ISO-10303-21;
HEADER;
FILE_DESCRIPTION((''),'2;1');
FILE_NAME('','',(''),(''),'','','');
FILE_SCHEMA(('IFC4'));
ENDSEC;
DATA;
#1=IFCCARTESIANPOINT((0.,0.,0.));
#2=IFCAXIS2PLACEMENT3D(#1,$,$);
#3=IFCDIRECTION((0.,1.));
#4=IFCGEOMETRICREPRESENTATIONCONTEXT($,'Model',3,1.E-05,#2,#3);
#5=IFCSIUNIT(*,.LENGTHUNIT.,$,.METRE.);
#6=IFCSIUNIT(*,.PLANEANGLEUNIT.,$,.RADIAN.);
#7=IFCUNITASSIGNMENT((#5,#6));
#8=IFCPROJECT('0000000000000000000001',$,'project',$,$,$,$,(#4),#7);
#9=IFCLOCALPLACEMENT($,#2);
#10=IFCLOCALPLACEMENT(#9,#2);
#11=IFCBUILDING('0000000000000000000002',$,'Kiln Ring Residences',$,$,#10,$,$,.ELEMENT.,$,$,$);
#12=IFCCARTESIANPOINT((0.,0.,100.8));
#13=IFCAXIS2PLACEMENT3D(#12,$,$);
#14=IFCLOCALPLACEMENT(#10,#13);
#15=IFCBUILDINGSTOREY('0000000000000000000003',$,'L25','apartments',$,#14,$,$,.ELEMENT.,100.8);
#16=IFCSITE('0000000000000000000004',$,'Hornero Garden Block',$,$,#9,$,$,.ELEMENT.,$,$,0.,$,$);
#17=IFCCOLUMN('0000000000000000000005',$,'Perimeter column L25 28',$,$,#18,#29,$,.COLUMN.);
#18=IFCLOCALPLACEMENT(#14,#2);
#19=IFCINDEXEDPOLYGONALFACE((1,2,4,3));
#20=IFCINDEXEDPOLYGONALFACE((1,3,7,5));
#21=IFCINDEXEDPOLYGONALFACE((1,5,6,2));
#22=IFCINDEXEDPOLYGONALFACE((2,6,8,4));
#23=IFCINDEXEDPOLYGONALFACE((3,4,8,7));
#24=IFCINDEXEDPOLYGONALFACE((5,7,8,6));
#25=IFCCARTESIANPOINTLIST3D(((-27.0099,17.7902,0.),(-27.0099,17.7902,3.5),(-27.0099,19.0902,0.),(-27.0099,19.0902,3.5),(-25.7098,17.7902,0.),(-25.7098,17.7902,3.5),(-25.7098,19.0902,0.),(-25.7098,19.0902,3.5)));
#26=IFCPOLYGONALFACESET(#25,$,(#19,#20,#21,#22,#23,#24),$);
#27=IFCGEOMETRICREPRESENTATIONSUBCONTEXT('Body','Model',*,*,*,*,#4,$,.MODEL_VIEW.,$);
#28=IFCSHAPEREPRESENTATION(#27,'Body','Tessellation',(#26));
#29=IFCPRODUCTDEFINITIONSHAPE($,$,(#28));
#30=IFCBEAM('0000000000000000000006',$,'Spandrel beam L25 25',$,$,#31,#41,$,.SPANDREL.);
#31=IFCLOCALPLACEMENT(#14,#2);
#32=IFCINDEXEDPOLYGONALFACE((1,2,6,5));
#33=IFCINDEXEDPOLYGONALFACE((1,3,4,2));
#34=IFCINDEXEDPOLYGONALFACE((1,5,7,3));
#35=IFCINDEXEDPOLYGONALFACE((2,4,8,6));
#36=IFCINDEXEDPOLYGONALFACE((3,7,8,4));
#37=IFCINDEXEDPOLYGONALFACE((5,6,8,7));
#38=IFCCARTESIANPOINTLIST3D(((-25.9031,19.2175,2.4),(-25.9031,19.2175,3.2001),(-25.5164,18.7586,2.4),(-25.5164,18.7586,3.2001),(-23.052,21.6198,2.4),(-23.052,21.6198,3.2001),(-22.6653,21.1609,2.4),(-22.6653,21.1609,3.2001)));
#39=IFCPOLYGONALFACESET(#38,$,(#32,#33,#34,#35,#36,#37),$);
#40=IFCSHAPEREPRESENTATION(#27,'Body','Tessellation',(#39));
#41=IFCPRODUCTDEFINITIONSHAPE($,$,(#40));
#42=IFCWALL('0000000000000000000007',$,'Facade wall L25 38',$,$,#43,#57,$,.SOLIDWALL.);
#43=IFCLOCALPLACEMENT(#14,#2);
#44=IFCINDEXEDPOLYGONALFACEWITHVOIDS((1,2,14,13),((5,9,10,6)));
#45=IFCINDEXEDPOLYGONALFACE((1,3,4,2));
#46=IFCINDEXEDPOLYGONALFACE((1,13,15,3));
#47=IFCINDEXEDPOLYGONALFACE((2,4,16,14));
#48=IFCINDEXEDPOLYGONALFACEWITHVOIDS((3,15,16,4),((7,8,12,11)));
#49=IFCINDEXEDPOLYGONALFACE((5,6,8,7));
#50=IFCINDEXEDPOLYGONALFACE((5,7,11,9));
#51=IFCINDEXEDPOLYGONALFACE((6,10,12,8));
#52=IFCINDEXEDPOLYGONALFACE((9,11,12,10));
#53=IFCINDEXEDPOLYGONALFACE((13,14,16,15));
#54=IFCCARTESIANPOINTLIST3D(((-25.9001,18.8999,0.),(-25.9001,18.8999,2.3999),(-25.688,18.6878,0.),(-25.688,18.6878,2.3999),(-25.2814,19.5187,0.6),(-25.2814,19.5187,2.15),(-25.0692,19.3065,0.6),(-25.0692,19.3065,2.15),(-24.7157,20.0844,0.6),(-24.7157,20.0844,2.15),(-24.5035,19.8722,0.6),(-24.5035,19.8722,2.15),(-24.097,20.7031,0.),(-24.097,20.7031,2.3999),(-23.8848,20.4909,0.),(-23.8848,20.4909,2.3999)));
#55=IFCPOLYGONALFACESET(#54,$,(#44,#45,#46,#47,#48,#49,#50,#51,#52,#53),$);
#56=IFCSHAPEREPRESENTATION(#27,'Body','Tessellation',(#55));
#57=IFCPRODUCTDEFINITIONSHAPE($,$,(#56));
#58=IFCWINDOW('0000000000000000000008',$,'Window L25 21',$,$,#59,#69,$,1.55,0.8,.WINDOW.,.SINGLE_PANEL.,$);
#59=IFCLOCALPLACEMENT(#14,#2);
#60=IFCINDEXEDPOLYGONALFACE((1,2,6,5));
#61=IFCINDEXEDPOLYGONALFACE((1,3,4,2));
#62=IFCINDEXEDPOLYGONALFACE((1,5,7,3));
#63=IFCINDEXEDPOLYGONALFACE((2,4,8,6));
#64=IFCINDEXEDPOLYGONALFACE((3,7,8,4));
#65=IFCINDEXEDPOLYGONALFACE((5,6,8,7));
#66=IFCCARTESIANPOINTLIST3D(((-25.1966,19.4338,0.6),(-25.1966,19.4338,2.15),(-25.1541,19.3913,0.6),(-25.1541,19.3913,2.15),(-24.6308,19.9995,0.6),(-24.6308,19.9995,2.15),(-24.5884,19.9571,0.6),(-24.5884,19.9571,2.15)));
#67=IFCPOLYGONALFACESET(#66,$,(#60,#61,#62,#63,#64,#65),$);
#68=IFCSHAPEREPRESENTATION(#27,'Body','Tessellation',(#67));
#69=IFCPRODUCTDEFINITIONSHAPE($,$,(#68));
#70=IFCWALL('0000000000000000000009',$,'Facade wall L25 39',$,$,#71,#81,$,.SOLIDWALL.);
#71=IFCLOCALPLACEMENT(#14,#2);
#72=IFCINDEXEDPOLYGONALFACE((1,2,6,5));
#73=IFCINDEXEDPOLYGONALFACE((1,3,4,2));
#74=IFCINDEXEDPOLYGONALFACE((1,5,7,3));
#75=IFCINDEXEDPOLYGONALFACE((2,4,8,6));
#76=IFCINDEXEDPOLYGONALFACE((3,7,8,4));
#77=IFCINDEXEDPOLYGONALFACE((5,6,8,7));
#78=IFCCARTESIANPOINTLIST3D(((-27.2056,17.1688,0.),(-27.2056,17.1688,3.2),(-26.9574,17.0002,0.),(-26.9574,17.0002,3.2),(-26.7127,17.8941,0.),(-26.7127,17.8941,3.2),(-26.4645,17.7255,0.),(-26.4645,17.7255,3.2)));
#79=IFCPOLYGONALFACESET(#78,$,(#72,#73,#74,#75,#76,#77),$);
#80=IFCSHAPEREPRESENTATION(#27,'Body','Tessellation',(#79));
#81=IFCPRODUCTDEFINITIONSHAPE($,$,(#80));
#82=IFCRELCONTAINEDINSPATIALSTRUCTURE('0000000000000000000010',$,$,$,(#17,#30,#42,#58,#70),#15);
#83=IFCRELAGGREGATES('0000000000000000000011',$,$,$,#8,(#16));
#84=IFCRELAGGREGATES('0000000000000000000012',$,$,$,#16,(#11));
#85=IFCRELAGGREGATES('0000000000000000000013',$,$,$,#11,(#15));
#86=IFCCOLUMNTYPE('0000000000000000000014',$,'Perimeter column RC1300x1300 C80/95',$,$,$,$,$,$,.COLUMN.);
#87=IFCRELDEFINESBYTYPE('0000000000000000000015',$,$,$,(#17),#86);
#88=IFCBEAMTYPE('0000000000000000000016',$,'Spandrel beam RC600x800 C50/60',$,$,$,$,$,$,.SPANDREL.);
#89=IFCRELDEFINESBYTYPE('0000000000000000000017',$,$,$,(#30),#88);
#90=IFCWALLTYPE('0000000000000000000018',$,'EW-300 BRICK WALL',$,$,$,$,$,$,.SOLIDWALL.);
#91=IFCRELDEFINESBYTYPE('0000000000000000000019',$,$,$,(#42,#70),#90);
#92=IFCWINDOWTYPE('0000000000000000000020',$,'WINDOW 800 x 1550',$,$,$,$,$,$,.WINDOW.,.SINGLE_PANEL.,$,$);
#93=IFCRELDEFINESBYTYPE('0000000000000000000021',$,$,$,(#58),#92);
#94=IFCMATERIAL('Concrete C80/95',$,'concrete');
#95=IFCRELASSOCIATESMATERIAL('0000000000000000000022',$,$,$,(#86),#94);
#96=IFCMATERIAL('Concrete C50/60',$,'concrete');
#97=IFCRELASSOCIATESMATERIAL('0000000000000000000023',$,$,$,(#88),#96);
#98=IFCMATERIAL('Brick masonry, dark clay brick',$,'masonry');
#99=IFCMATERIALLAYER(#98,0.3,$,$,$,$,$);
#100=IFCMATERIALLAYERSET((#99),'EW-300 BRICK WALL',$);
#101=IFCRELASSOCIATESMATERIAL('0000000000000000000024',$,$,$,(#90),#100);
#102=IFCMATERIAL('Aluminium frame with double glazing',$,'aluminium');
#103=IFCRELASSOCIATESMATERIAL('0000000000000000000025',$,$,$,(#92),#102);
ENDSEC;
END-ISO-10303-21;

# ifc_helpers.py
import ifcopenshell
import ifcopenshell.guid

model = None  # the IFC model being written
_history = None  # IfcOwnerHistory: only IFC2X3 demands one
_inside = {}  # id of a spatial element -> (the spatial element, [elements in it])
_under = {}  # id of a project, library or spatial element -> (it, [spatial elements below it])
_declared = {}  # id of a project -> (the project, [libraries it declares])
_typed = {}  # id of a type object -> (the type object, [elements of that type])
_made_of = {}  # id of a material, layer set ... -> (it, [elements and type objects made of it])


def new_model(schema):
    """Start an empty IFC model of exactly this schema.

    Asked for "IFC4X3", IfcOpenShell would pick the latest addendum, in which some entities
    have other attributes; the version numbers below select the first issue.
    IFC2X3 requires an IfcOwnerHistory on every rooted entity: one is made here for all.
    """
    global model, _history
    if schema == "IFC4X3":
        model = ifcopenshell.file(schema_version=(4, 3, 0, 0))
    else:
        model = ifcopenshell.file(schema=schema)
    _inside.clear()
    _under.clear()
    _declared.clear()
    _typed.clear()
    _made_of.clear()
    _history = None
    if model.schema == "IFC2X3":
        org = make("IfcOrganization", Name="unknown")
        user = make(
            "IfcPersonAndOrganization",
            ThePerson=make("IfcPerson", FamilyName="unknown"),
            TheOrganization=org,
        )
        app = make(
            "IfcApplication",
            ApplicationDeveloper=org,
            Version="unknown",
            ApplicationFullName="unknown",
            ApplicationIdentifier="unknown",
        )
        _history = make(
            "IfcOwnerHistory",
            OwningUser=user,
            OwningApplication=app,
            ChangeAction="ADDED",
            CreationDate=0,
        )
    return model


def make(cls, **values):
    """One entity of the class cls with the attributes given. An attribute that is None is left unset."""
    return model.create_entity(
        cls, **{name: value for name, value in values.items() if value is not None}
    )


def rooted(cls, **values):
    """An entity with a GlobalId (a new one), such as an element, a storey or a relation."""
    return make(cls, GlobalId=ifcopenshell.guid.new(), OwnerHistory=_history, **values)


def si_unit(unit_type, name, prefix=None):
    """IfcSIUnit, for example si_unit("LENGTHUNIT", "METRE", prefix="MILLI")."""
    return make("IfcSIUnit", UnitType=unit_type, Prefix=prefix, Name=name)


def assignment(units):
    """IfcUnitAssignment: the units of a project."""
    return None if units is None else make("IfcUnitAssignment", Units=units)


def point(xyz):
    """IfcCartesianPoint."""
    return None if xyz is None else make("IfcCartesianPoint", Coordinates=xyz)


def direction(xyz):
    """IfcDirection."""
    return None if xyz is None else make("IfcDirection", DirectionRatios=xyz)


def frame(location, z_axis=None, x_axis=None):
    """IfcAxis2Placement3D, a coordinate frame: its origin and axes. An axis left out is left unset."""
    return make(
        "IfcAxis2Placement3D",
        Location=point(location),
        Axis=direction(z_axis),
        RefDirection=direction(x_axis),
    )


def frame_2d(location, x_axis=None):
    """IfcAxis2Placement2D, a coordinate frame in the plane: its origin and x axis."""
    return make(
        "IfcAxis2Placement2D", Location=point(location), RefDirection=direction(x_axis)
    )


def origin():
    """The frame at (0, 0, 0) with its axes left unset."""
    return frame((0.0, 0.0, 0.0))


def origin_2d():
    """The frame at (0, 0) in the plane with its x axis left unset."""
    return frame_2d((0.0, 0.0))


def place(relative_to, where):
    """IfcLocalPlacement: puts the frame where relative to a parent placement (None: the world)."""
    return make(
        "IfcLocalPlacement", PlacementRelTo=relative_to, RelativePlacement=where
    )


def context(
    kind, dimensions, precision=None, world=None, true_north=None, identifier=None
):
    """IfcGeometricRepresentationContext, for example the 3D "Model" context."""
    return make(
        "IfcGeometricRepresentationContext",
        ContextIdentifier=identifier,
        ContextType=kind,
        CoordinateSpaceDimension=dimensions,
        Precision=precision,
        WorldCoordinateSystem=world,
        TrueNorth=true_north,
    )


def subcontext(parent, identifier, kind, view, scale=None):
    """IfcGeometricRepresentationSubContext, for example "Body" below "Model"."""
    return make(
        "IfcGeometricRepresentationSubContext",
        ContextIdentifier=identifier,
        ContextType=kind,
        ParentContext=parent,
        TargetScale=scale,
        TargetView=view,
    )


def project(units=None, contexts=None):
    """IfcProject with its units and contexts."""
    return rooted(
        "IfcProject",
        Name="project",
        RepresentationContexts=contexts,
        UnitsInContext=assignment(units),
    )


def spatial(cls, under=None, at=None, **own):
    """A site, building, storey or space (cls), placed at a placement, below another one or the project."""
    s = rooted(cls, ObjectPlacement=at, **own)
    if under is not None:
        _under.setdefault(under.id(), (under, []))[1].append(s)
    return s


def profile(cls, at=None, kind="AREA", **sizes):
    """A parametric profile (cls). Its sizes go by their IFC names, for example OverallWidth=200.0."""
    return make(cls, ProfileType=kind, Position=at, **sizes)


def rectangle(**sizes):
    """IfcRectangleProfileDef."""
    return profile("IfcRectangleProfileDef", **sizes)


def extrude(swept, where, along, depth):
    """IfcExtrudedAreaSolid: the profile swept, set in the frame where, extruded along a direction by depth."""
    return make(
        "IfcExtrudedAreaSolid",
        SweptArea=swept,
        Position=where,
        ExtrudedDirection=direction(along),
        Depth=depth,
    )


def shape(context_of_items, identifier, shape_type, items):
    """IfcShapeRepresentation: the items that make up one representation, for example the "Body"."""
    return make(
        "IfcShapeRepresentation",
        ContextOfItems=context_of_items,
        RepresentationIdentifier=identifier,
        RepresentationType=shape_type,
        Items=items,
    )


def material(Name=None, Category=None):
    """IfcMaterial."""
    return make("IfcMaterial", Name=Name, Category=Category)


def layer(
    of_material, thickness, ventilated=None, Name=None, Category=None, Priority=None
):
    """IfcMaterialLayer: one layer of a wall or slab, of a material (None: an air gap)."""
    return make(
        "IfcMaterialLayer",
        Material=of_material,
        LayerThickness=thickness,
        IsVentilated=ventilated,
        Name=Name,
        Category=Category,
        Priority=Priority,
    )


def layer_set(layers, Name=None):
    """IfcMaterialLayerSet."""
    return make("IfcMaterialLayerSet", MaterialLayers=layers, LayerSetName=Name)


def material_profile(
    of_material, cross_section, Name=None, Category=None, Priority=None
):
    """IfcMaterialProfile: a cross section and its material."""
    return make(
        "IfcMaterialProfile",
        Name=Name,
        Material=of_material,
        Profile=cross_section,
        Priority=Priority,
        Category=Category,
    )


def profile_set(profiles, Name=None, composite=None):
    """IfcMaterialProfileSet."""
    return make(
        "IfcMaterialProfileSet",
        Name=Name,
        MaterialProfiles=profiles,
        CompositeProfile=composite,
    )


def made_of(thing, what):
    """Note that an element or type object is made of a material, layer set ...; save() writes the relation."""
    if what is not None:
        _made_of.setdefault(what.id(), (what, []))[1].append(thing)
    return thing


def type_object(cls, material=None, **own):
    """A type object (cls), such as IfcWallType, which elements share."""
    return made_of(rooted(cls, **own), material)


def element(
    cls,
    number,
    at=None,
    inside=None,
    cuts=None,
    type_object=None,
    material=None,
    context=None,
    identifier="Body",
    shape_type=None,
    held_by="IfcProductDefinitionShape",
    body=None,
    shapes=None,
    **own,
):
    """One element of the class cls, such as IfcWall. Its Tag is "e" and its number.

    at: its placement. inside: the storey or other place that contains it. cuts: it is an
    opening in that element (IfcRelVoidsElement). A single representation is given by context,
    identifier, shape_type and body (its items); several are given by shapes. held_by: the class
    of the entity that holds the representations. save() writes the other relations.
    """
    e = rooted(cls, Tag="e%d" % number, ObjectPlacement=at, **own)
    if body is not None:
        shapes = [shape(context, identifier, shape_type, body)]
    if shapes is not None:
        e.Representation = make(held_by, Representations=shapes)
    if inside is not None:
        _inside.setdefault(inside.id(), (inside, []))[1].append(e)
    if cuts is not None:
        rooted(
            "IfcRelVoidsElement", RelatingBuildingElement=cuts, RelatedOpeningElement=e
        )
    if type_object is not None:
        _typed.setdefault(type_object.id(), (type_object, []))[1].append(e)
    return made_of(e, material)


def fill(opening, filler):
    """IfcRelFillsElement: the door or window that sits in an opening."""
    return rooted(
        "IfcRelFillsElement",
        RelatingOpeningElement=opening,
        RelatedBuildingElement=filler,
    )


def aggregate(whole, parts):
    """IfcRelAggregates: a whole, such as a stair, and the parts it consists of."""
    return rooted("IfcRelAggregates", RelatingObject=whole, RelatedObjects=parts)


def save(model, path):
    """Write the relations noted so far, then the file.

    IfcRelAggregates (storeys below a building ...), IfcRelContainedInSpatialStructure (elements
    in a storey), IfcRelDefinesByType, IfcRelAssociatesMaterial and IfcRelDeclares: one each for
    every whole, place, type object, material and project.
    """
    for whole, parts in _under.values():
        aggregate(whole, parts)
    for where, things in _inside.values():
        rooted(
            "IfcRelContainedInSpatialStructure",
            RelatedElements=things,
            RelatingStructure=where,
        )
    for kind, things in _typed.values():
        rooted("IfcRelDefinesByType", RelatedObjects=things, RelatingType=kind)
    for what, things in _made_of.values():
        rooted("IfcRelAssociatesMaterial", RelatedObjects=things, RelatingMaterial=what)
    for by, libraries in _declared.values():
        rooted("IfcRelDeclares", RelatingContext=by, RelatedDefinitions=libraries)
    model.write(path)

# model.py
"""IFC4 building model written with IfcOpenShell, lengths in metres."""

from ifc_helpers import new_model, si_unit, direction, frame, frame_2d, origin, origin_2d, place, context, subcontext, project, spatial, rectangle, extrude, material, layer, layer_set, material_profile, profile_set, type_object, element, fill, save


model = new_model("IFC4")

# Units and contexts
model_context = context("Model", 3, precision=1e-05, world=origin(), true_north=direction((0.0, 1.0)))
body_context = subcontext(model_context, "Body", "Model", "MODEL_VIEW")
ifc_project = project(units=[si_unit("LENGTHUNIT", "METRE"), si_unit("PLANEANGLEUNIT", "RADIAN")], contexts=[model_context])

# Site, building, storey
site_placement = place(None, origin())
site = spatial("IfcSite", under=ifc_project, at=site_placement, Name="Hornero Garden Block", CompositionType="ELEMENT", RefElevation=0.0)
building_placement = place(site_placement, origin())
building = spatial("IfcBuilding", under=site, at=building_placement, Name="Kiln Ring Residences", CompositionType="ELEMENT")
storey_placement = place(building_placement, frame((0.0, 0.0, 100.8)))
storey = spatial("IfcBuildingStorey", under=building, at=storey_placement, Name="L25", Description="apartments", CompositionType="ELEMENT", Elevation=100.8)

# Column
ifc_material_1 = material(Name="Concrete C80/95", Category="concrete")
ifc_material_profile_1 = material_profile(ifc_material_1, rectangle(XDim=1.3, YDim=1.3, at=origin_2d()), Name="RC1300x1300")
ifc_profile_set_1 = profile_set([ifc_material_profile_1], Name="Concrete C80/95")
column_type = type_object("IfcColumnType", Name="Perimeter column RC1300x1300 C80/95", PredefinedType="COLUMN", material=ifc_profile_set_1)
column_placement = place(storey_placement, frame((-26.3599, 18.4402, 0.0), z_axis=(0.0, 0.0, 1.0), x_axis=(1.0, 0.0, 0.0)))
element("IfcColumn", 1, at=column_placement, inside=storey, type_object=column_type, Name="Perimeter column L25 28", PredefinedType="COLUMN", context=body_context, shape_type="SweptSolid", body=[
    extrude(rectangle(XDim=1.3, YDim=1.3, at=origin_2d()), origin(), (0.0, 0.0, 1.0), 3.5),
])

# Beam
ifc_material_2 = material(Name="Concrete C50/60", Category="concrete")
ifc_material_profile_2 = material_profile(ifc_material_2, rectangle(XDim=0.6001, YDim=0.8, at=origin_2d()), Name="RC600x800")
ifc_profile_set_2 = profile_set([ifc_material_profile_2], Name="Concrete C50/60")
beam_type = type_object("IfcBeamType", Name="Spandrel beam RC600x800 C50/60", PredefinedType="SPANDREL", material=ifc_profile_set_2)
beam_placement = place(storey_placement, frame((-22.8586, 21.3904, 2.8), z_axis=(-0.764721, -0.644362, 0.0), x_axis=(0.644362, -0.764721, 0.0)))
element("IfcBeam", 2, at=beam_placement, inside=storey, type_object=beam_type, Name="Spandrel beam L25 25", PredefinedType="SPANDREL", context=body_context, shape_type="SweptSolid", body=[
    extrude(rectangle(XDim=0.6001, YDim=0.8, at=origin_2d()), origin(), (0.0, 0.0, 1.0), 3.7283),
])

# Wall, opening, window
ifc_material_3 = material(Name="Brick masonry, dark clay brick", Category="masonry")
ifc_layer_1 = layer(ifc_material_3, 0.3)
ifc_layer_set_1 = layer_set([ifc_layer_1], Name="EW-300 BRICK WALL")
wall_type_1 = type_object("IfcWallType", Name="EW-300 BRICK WALL", PredefinedType="SOLIDWALL", material=ifc_layer_set_1)
wall_1_placement = place(storey_placement, frame((-23.991, 20.5969, 0.0), z_axis=(0.0, 0.0, 1.0), x_axis=(-0.707107, -0.707107, 0.0)))
wall_1 = element("IfcWall", 3, at=wall_1_placement, inside=storey, type_object=wall_type_1, Name="Facade wall L25 38", PredefinedType="SOLIDWALL", context=body_context, shape_type="SweptSolid", body=[
    extrude(rectangle(XDim=2.55, YDim=0.3, at=frame_2d((1.2749, 0.0))), origin(), (0.0, 0.0, 1.0), 2.3999),
])
opening_1_placement = place(wall_1_placement, frame((0.875, 0.0, 0.6001)))
opening_1 = element("IfcOpeningElement", 4, at=opening_1_placement, cuts=wall_1, PredefinedType="OPENING", context=body_context, shape_type="SweptSolid", body=[
    extrude(rectangle(XDim=0.8, YDim=1.55, at=frame_2d((0.3999, 0.7749))), frame((0.0, 0.1599, 0.0), z_axis=(0.0, -1.0, 0.0), x_axis=(1.0, 0.0, 0.0)), (0.0, 0.0, 1.0), 0.3201),
])
ifc_material_4 = material(Name="Aluminium frame with double glazing", Category="aluminium")
window_type = type_object("IfcWindowType", Name="WINDOW 800 x 1550", PartitioningType="SINGLE_PANEL", PredefinedType="WINDOW", material=ifc_material_4)
window_placement = place(opening_1_placement, origin())
window = element("IfcWindow", 5, at=window_placement, inside=storey, type_object=window_type, Name="Window L25 21", OverallHeight=1.55, OverallWidth=0.8, PartitioningType="SINGLE_PANEL", PredefinedType="WINDOW", context=body_context, shape_type="SweptSolid", body=[
    extrude(rectangle(XDim=0.8, YDim=1.55, at=frame_2d((0.3999, 0.7749))), frame((0.0, 0.03, 0.0), z_axis=(0.0, -1.0, 0.0), x_axis=(1.0, 0.0, 0.0)), (0.0, 0.0, 1.0), 0.0601),
])
fill(opening_1, window)

# Wall
wall_2_placement = place(storey_placement, frame((-26.5886, 17.8098, 0.0), z_axis=(0.0, 0.0, 1.0), x_axis=(-0.562066, -0.827092, 0.0)))
element("IfcWall", 6, at=wall_2_placement, inside=storey, type_object=wall_type_1, Name="Facade wall L25 39", PredefinedType="SOLIDWALL", context=body_context, shape_type="SweptSolid", body=[
    extrude(rectangle(XDim=0.877, YDim=0.3, at=frame_2d((0.4385, 0.0))), origin(), (0.0, 0.0, 1.0), 3.2),
])

save(model, "model.ifc")
